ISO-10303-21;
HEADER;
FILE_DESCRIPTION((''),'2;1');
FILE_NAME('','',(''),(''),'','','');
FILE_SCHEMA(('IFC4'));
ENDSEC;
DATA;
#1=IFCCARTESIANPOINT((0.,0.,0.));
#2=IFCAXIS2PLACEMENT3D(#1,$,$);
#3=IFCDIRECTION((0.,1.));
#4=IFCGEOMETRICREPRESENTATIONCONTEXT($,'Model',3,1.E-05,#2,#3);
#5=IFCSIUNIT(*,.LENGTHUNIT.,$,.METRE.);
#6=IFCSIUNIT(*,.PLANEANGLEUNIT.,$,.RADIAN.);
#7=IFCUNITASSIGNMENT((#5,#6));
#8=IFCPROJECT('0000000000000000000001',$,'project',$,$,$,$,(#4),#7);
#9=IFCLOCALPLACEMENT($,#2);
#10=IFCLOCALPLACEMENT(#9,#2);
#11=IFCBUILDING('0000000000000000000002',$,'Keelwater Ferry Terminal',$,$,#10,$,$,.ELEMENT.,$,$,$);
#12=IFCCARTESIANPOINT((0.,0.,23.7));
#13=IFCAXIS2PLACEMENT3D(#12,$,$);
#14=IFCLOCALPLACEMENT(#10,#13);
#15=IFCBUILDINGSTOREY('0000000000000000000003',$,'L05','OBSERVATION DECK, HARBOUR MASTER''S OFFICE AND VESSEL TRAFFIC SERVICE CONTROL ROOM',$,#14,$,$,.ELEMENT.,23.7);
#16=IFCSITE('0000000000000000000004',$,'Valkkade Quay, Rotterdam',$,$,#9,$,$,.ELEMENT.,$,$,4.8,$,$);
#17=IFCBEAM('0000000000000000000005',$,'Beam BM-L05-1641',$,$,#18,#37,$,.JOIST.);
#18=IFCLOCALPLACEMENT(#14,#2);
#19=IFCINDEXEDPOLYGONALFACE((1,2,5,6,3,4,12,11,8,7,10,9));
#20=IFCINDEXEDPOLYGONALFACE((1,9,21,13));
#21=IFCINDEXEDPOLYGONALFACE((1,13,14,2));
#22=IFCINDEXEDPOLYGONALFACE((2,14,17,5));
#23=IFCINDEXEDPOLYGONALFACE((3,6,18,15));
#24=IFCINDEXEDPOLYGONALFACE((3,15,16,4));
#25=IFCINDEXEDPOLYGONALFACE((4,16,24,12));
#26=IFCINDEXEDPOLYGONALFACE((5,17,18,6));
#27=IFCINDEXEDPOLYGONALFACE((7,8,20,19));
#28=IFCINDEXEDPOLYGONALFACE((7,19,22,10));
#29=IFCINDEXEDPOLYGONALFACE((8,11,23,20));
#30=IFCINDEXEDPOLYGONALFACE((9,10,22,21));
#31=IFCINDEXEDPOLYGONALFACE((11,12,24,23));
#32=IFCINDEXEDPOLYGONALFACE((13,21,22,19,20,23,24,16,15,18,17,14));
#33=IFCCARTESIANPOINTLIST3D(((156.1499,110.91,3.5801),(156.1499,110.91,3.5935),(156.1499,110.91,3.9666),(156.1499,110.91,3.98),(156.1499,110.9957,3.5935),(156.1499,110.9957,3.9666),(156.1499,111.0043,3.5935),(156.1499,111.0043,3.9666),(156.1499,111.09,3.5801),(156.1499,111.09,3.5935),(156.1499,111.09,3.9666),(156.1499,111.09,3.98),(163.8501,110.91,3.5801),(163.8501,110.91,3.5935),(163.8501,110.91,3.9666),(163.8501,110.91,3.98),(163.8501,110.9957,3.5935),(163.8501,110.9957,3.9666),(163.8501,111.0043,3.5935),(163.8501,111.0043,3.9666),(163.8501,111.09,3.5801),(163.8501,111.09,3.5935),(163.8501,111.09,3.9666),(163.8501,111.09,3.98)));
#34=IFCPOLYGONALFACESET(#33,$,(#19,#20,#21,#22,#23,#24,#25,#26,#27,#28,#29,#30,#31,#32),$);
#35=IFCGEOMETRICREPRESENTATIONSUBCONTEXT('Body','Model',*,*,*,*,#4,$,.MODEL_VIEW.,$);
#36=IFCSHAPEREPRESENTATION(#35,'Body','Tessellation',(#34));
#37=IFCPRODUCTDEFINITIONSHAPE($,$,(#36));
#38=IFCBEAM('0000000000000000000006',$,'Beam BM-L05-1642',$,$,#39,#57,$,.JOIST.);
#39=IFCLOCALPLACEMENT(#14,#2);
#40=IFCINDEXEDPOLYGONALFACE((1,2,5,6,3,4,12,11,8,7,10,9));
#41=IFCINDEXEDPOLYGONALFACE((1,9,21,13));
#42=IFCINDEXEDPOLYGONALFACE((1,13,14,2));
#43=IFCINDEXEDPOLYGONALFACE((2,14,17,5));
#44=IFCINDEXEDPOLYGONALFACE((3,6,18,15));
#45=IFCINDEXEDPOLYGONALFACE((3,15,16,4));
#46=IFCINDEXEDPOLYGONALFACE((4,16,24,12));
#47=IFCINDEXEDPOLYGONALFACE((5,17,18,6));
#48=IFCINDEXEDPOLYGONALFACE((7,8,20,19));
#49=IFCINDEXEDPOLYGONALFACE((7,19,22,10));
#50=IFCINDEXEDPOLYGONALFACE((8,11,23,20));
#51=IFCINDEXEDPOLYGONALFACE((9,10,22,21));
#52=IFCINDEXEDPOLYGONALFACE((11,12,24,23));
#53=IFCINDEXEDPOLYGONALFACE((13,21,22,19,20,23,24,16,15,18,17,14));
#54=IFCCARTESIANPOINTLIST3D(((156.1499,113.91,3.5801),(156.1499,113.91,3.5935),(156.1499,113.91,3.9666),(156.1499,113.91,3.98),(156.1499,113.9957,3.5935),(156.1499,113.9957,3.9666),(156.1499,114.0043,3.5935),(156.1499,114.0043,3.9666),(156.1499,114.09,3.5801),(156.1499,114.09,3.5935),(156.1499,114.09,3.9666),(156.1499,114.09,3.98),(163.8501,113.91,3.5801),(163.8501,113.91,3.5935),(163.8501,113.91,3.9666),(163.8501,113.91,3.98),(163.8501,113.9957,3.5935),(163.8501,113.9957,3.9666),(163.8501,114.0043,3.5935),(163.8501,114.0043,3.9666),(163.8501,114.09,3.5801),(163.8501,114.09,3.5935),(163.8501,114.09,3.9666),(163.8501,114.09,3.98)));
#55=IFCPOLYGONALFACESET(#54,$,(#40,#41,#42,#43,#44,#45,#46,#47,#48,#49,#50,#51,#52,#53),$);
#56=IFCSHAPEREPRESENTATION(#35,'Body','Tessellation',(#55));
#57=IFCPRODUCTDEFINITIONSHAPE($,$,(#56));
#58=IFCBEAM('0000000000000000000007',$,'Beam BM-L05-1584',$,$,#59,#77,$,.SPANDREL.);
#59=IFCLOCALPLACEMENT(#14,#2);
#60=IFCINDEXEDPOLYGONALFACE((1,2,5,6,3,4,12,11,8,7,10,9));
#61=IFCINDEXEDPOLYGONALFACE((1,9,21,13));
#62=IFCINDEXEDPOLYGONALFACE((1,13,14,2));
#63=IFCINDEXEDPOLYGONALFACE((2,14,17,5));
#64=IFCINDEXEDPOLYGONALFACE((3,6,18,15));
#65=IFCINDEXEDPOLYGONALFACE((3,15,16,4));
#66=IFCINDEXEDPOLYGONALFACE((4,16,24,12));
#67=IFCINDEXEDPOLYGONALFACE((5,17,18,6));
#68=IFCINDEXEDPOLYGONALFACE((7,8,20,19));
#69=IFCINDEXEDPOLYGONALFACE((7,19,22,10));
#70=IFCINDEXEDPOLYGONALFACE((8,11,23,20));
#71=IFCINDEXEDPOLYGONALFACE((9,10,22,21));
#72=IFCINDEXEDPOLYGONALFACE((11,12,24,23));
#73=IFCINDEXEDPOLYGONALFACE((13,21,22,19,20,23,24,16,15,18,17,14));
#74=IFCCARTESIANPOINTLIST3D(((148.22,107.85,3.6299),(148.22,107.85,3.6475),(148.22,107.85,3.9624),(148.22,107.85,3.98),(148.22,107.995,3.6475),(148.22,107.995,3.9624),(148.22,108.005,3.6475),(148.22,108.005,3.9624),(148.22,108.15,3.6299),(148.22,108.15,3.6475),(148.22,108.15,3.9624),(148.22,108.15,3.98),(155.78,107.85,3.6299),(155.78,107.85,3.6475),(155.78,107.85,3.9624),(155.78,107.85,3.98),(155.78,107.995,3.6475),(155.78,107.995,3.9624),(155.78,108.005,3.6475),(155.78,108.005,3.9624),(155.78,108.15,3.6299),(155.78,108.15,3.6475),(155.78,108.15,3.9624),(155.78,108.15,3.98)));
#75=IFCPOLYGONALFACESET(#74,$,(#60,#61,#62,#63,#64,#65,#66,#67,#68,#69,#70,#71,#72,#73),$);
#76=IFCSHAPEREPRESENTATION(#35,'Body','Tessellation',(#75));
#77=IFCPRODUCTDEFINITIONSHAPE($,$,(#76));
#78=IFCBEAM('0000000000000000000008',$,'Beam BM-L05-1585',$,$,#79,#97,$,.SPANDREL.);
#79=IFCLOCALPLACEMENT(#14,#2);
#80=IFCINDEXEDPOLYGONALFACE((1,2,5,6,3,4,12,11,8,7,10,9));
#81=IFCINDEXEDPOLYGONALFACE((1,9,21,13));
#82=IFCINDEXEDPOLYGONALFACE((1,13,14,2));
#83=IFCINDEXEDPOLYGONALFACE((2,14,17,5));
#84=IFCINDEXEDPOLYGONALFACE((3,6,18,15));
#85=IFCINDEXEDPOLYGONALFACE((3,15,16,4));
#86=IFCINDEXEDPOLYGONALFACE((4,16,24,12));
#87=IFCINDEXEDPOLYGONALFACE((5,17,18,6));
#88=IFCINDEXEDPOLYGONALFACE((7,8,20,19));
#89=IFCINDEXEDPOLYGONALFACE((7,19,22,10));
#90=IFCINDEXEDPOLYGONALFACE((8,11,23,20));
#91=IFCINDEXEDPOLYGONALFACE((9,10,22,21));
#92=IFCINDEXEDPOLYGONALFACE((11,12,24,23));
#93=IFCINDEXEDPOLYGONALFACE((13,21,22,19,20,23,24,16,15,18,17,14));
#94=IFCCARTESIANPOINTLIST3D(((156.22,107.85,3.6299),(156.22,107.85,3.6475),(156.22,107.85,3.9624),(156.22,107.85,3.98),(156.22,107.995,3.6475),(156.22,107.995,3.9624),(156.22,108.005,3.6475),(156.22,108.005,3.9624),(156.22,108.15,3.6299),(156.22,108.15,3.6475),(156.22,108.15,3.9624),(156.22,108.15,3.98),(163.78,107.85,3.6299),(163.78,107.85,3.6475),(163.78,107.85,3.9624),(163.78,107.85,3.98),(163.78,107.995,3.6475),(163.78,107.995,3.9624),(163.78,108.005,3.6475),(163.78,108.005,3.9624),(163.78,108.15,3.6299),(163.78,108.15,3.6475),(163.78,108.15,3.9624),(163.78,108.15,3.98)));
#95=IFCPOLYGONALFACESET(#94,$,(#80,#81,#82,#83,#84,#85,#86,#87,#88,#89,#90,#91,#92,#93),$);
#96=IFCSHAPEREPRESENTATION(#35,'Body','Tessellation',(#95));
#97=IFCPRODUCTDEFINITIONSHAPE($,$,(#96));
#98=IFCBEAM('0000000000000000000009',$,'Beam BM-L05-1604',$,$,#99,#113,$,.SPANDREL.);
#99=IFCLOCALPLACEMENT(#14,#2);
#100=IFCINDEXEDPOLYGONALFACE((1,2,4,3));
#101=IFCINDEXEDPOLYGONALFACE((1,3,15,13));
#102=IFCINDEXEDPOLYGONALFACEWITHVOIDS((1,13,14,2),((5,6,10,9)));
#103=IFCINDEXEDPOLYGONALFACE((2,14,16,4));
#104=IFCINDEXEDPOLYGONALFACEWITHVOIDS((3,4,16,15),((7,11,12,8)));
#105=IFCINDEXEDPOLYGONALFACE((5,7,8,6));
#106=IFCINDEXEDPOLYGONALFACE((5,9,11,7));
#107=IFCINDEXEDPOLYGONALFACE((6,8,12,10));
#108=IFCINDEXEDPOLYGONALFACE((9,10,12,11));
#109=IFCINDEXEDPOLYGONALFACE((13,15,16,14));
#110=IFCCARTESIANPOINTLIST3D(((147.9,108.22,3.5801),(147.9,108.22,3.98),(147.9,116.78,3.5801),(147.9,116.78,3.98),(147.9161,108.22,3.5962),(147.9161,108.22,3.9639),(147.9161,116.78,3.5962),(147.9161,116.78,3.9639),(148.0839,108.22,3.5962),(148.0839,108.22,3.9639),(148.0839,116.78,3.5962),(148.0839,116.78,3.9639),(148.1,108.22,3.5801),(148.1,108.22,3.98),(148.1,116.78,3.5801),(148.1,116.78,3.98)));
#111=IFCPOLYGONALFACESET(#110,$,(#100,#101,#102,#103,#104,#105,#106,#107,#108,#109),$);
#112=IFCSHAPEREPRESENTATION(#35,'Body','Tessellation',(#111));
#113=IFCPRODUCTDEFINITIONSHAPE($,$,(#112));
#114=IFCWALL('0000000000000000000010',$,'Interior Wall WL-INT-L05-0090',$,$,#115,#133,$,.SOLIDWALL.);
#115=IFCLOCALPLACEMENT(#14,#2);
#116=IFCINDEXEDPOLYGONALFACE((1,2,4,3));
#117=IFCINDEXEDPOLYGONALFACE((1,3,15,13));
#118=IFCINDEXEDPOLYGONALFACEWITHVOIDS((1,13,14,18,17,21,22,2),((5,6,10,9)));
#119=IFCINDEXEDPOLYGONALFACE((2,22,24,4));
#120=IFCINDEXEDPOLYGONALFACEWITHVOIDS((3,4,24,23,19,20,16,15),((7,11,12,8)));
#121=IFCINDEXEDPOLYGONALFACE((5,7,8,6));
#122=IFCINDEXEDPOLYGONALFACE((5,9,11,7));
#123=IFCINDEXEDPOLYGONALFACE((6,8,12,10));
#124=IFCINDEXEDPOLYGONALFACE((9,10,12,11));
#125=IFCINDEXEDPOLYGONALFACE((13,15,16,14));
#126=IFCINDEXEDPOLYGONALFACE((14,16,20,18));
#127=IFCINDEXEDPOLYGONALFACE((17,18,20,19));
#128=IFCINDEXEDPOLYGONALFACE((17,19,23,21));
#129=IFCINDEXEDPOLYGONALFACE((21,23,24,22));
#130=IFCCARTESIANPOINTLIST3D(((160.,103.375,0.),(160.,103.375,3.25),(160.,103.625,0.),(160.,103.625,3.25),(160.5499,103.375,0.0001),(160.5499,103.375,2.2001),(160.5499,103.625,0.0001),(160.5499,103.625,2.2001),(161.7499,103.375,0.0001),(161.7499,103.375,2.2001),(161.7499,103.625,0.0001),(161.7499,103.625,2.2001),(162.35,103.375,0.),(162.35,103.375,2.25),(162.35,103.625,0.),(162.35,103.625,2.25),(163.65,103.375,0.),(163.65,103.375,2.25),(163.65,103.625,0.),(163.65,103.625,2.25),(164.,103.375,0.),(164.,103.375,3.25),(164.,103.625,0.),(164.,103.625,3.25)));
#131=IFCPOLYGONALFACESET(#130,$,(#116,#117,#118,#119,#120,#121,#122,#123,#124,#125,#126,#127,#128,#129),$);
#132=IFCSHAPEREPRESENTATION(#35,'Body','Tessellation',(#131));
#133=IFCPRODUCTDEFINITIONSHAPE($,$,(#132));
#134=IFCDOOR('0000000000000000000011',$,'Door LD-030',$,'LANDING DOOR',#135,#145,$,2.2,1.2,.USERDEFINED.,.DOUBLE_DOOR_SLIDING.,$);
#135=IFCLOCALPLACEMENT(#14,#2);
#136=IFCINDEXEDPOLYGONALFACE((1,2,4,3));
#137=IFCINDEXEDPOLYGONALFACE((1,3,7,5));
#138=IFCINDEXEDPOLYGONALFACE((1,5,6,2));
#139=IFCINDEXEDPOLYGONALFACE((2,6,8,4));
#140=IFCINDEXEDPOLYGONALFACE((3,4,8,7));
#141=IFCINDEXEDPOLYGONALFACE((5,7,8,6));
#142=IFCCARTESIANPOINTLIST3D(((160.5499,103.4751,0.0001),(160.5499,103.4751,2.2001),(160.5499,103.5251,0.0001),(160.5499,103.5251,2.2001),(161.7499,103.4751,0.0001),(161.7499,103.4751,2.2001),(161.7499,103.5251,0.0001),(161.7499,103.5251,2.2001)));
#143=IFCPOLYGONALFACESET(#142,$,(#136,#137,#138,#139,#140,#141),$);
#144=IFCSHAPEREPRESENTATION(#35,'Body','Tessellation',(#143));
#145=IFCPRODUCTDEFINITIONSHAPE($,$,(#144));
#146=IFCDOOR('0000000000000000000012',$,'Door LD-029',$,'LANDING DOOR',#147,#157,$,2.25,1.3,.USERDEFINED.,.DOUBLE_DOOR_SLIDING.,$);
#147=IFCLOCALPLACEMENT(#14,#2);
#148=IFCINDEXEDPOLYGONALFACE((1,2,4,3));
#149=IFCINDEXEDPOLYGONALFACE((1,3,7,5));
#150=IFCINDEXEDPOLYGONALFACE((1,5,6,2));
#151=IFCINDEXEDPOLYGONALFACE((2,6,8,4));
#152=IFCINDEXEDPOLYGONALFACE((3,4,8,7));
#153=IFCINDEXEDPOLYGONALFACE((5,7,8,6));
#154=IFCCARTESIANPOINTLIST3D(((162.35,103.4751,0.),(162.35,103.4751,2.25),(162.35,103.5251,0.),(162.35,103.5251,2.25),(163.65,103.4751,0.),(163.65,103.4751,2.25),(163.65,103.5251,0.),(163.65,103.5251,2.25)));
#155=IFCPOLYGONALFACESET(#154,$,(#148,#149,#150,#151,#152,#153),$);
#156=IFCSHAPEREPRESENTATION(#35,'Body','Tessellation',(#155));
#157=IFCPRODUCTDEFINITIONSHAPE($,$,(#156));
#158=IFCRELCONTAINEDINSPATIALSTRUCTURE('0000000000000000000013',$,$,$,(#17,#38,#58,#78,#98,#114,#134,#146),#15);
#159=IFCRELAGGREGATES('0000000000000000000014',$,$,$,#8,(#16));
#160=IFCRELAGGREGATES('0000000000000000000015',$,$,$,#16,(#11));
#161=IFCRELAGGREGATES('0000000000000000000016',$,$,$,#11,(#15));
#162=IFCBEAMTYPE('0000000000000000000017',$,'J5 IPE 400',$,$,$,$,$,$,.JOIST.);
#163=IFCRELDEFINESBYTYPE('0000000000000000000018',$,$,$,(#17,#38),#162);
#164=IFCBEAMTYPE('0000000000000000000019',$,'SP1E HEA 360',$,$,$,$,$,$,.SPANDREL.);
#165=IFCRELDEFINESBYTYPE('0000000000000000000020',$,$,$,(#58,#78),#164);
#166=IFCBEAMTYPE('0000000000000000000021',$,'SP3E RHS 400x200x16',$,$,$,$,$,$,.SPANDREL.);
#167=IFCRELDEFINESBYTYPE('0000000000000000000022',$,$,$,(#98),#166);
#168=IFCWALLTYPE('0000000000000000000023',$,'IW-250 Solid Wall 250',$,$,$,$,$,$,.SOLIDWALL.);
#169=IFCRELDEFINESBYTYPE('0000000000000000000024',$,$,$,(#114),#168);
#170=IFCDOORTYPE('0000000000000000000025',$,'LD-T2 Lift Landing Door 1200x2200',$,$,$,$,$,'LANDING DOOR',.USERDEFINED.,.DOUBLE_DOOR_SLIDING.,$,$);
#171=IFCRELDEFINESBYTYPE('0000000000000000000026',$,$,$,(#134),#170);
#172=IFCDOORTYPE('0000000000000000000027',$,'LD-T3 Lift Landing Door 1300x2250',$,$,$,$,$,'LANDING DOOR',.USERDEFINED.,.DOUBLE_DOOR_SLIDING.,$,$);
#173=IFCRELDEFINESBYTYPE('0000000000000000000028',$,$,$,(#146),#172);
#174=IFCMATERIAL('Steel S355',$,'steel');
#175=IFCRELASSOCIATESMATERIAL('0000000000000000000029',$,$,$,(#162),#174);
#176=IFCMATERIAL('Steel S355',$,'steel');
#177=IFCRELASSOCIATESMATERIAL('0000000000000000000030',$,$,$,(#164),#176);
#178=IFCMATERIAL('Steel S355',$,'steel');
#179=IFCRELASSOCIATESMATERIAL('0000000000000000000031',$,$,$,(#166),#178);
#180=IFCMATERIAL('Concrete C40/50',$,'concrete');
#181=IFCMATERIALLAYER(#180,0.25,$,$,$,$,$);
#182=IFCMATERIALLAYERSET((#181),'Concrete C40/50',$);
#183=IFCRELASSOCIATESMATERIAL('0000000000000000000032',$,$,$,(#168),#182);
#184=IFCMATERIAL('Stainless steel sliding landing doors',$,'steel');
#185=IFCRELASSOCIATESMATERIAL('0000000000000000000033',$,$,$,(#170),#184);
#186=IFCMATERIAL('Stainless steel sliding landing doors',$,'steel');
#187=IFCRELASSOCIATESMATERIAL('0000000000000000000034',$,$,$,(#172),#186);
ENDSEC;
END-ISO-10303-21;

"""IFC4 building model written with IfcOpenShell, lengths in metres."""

from ifc_helpers import new_model, si_unit, direction, frame, frame_2d, origin, origin_2d, place, context, subcontext, project, spatial, rectangle, hollow_rectangle, i_section, extrude, material, layer, layer_set, material_profile, profile_set, type_object, element, fill, save


model = new_model("IFC4")

# Units and contexts
model_context = context("Model", 3, precision=1e-05, world=origin(), true_north=direction((0.0, 1.0)))
body_context = subcontext(model_context, "Body", "Model", "MODEL_VIEW")
ifc_project = project(units=[si_unit("LENGTHUNIT", "METRE"), si_unit("PLANEANGLEUNIT", "RADIAN")], contexts=[model_context])

# Site, building, storey
site_placement = place(None, origin())
site = spatial("IfcSite", under=ifc_project, at=site_placement, Name="Valkkade Quay, Rotterdam", CompositionType="ELEMENT", RefElevation=4.8)
building_placement = place(site_placement, origin())
building = spatial("IfcBuilding", under=site, at=building_placement, Name="Keelwater Ferry Terminal", CompositionType="ELEMENT")
storey_placement = place(building_placement, frame((0.0, 0.0, 23.7)))
storey = spatial("IfcBuildingStorey", under=building, at=storey_placement, Name="L05", Description="OBSERVATION DECK, HARBOUR MASTER'S OFFICE AND VESSEL TRAFFIC SERVICE CONTROL ROOM", CompositionType="ELEMENT", Elevation=23.7)

# Beams
ifc_material_1 = material(Name="Steel S355", Category="steel")
ifc_material_profile_1 = material_profile(ifc_material_1, i_section(OverallWidth=0.1799, OverallDepth=0.3999, WebThickness=0.0085, FlangeThickness=0.0134, at=origin_2d()), Name="IPE 400")
ifc_profile_set_1 = profile_set([ifc_material_profile_1], Name="Steel S355")
beam_type_1 = type_object("IfcBeamType", Name="J5 IPE 400", PredefinedType="JOIST", material=ifc_profile_set_1)
for number, where, z_axis, x_axis, name in (
    (1, (156.1499, 111.0, 3.78), (1.0, 0.0, 0.0), (0.0, 1.0, 0.0), "Beam BM-L05-1641"),
    (2, (156.1499, 114.0, 3.78), (1.0, 0.0, 0.0), (0.0, 1.0, 0.0), "Beam BM-L05-1642"),
):
    element("IfcBeam", number, at=place(storey_placement, frame(where, z_axis=z_axis, x_axis=x_axis)), inside=storey, type_object=beam_type_1, Name=name, PredefinedType="JOIST", context=body_context, shape_type="SweptSolid", body=[
        extrude(i_section(OverallWidth=0.1799, OverallDepth=0.3999, WebThickness=0.0085, FlangeThickness=0.0134, at=origin_2d()), origin(), (0.0, 0.0, 1.0), 7.7002),
    ])
ifc_material_2 = material(Name="Steel S355", Category="steel")
ifc_material_profile_2 = material_profile(ifc_material_2, i_section(OverallWidth=0.3, OverallDepth=0.3501, WebThickness=0.01, FlangeThickness=0.0176, at=origin_2d()), Name="HEA 360")
ifc_profile_set_2 = profile_set([ifc_material_profile_2], Name="Steel S355")
beam_type_2 = type_object("IfcBeamType", Name="SP1E HEA 360", PredefinedType="SPANDREL", material=ifc_profile_set_2)
for number, where, z_axis, x_axis, name in (
    (3, (148.22, 108.0, 3.8049), (1.0, 0.0, 0.0), (0.0, 1.0, 0.0), "Beam BM-L05-1584"),
    (4, (156.22, 108.0, 3.8049), (1.0, 0.0, 0.0), (0.0, 1.0, 0.0), "Beam BM-L05-1585"),
):
    element("IfcBeam", number, at=place(storey_placement, frame(where, z_axis=z_axis, x_axis=x_axis)), inside=storey, type_object=beam_type_2, Name=name, PredefinedType="SPANDREL", context=body_context, shape_type="SweptSolid", body=[
        extrude(i_section(OverallWidth=0.3, OverallDepth=0.3501, WebThickness=0.01, FlangeThickness=0.0176, at=origin_2d()), origin(), (0.0, 0.0, 1.0), 7.5601),
    ])
ifc_material_3 = material(Name="Steel S355", Category="steel")
ifc_material_profile_3 = material_profile(ifc_material_3, hollow_rectangle(XDim=0.2, YDim=0.3999, WallThickness=0.0161, at=origin_2d()), Name="RHS 400x200x16")
ifc_profile_set_3 = profile_set([ifc_material_profile_3], Name="Steel S355")
beam_type_3 = type_object("IfcBeamType", Name="SP3E RHS 400x200x16", PredefinedType="SPANDREL", material=ifc_profile_set_3)
beam_1_placement = place(storey_placement, frame((148.0, 108.22, 3.78), z_axis=(0.0, 1.0, 0.0), x_axis=(-1.0, 0.0, 0.0)))
element("IfcBeam", 5, at=beam_1_placement, inside=storey, type_object=beam_type_3, Name="Beam BM-L05-1604", PredefinedType="SPANDREL", context=body_context, shape_type="SweptSolid", body=[
    extrude(hollow_rectangle(XDim=0.2, YDim=0.3999, WallThickness=0.0161, at=origin_2d()), origin(), (0.0, 0.0, 1.0), 8.5601),
])

# Wall, openings, doors
ifc_material_4 = material(Name="Concrete C40/50", Category="concrete")
ifc_layer_1 = layer(ifc_material_4, 0.25)
ifc_layer_set_1 = layer_set([ifc_layer_1], Name="Concrete C40/50")
wall_type_1 = type_object("IfcWallType", Name="IW-250 Solid Wall 250", PredefinedType="SOLIDWALL", material=ifc_layer_set_1)
wall_1_placement = place(storey_placement, frame((164.0, 103.5, 0.0), z_axis=(0.0, 0.0, 1.0), x_axis=(-1.0, 0.0, 0.0)))
wall_1 = element("IfcWall", 6, at=wall_1_placement, inside=storey, type_object=wall_type_1, Name="Interior Wall WL-INT-L05-0090", PredefinedType="SOLIDWALL", context=body_context, shape_type="SweptSolid", body=[
    extrude(rectangle(XDim=4.0, YDim=0.25, at=frame_2d((2.0, 0.0))), origin(), (0.0, 0.0, 1.0), 3.25),
])
opening_1_placement = place(wall_1_placement, frame((0.3501, 0.0, 0.0)))
opening_1 = element("IfcOpeningElement", 7, at=opening_1_placement, cuts=wall_1, PredefinedType="OPENING", context=body_context, shape_type="SweptSolid", body=[
    extrude(rectangle(XDim=1.3, YDim=2.25, at=frame_2d((0.6499, 1.125))), frame((0.0, 0.135, 0.0), z_axis=(0.0, -1.0, 0.0), x_axis=(1.0, 0.0, 0.0)), (0.0, 0.0, 1.0), 0.27),
])
opening_2_placement = place(wall_1_placement, frame((2.25, 0.0, 0.0)))
opening_2 = element("IfcOpeningElement", 8, at=opening_2_placement, cuts=wall_1, PredefinedType="OPENING", context=body_context, shape_type="SweptSolid", body=[
    extrude(rectangle(XDim=1.2, YDim=2.2, at=frame_2d((0.6001, 1.1001))), frame((0.0, 0.135, 0.0), z_axis=(0.0, -1.0, 0.0), x_axis=(1.0, 0.0, 0.0)), (0.0, 0.0, 1.0), 0.27),
])
ifc_material_5 = material(Name="Stainless steel sliding landing doors", Category="steel")
door_type_1 = type_object("IfcDoorType", Name="LD-T2 Lift Landing Door 1200x2200", ElementType="LANDING DOOR", OperationType="DOUBLE_DOOR_SLIDING", PredefinedType="USERDEFINED", material=ifc_material_5)
door_1_placement = place(opening_2_placement, origin())
door_1 = element("IfcDoor", 9, at=door_1_placement, inside=storey, type_object=door_type_1, Name="Door LD-030", ObjectType="LANDING DOOR", OperationType="DOUBLE_DOOR_SLIDING", OverallHeight=2.2, OverallWidth=1.2, PredefinedType="USERDEFINED", context=body_context, shape_type="SweptSolid", body=[
    extrude(rectangle(XDim=1.2, YDim=2.2, at=frame_2d((0.6001, 1.1001))), frame((0.0, 0.0249, 0.0), z_axis=(0.0, -1.0, 0.0), x_axis=(1.0, 0.0, 0.0)), (0.0, 0.0, 1.0), 0.05),
])
fill(opening_2, door_1)
ifc_material_6 = material(Name="Stainless steel sliding landing doors", Category="steel")
door_type_2 = type_object("IfcDoorType", Name="LD-T3 Lift Landing Door 1300x2250", ElementType="LANDING DOOR", OperationType="DOUBLE_DOOR_SLIDING", PredefinedType="USERDEFINED", material=ifc_material_6)
door_2_placement = place(opening_1_placement, origin())
door_2 = element("IfcDoor", 10, at=door_2_placement, inside=storey, type_object=door_type_2, Name="Door LD-029", ObjectType="LANDING DOOR", OperationType="DOUBLE_DOOR_SLIDING", OverallHeight=2.25, OverallWidth=1.3, PredefinedType="USERDEFINED", context=body_context, shape_type="SweptSolid", body=[
    extrude(rectangle(XDim=1.3, YDim=2.25, at=frame_2d((0.6499, 1.125))), frame((0.0, 0.0249, 0.0), z_axis=(0.0, -1.0, 0.0), x_axis=(1.0, 0.0, 0.0)), (0.0, 0.0, 1.0), 0.05),
])
fill(opening_1, door_2)

save(model, "model.ifc")
